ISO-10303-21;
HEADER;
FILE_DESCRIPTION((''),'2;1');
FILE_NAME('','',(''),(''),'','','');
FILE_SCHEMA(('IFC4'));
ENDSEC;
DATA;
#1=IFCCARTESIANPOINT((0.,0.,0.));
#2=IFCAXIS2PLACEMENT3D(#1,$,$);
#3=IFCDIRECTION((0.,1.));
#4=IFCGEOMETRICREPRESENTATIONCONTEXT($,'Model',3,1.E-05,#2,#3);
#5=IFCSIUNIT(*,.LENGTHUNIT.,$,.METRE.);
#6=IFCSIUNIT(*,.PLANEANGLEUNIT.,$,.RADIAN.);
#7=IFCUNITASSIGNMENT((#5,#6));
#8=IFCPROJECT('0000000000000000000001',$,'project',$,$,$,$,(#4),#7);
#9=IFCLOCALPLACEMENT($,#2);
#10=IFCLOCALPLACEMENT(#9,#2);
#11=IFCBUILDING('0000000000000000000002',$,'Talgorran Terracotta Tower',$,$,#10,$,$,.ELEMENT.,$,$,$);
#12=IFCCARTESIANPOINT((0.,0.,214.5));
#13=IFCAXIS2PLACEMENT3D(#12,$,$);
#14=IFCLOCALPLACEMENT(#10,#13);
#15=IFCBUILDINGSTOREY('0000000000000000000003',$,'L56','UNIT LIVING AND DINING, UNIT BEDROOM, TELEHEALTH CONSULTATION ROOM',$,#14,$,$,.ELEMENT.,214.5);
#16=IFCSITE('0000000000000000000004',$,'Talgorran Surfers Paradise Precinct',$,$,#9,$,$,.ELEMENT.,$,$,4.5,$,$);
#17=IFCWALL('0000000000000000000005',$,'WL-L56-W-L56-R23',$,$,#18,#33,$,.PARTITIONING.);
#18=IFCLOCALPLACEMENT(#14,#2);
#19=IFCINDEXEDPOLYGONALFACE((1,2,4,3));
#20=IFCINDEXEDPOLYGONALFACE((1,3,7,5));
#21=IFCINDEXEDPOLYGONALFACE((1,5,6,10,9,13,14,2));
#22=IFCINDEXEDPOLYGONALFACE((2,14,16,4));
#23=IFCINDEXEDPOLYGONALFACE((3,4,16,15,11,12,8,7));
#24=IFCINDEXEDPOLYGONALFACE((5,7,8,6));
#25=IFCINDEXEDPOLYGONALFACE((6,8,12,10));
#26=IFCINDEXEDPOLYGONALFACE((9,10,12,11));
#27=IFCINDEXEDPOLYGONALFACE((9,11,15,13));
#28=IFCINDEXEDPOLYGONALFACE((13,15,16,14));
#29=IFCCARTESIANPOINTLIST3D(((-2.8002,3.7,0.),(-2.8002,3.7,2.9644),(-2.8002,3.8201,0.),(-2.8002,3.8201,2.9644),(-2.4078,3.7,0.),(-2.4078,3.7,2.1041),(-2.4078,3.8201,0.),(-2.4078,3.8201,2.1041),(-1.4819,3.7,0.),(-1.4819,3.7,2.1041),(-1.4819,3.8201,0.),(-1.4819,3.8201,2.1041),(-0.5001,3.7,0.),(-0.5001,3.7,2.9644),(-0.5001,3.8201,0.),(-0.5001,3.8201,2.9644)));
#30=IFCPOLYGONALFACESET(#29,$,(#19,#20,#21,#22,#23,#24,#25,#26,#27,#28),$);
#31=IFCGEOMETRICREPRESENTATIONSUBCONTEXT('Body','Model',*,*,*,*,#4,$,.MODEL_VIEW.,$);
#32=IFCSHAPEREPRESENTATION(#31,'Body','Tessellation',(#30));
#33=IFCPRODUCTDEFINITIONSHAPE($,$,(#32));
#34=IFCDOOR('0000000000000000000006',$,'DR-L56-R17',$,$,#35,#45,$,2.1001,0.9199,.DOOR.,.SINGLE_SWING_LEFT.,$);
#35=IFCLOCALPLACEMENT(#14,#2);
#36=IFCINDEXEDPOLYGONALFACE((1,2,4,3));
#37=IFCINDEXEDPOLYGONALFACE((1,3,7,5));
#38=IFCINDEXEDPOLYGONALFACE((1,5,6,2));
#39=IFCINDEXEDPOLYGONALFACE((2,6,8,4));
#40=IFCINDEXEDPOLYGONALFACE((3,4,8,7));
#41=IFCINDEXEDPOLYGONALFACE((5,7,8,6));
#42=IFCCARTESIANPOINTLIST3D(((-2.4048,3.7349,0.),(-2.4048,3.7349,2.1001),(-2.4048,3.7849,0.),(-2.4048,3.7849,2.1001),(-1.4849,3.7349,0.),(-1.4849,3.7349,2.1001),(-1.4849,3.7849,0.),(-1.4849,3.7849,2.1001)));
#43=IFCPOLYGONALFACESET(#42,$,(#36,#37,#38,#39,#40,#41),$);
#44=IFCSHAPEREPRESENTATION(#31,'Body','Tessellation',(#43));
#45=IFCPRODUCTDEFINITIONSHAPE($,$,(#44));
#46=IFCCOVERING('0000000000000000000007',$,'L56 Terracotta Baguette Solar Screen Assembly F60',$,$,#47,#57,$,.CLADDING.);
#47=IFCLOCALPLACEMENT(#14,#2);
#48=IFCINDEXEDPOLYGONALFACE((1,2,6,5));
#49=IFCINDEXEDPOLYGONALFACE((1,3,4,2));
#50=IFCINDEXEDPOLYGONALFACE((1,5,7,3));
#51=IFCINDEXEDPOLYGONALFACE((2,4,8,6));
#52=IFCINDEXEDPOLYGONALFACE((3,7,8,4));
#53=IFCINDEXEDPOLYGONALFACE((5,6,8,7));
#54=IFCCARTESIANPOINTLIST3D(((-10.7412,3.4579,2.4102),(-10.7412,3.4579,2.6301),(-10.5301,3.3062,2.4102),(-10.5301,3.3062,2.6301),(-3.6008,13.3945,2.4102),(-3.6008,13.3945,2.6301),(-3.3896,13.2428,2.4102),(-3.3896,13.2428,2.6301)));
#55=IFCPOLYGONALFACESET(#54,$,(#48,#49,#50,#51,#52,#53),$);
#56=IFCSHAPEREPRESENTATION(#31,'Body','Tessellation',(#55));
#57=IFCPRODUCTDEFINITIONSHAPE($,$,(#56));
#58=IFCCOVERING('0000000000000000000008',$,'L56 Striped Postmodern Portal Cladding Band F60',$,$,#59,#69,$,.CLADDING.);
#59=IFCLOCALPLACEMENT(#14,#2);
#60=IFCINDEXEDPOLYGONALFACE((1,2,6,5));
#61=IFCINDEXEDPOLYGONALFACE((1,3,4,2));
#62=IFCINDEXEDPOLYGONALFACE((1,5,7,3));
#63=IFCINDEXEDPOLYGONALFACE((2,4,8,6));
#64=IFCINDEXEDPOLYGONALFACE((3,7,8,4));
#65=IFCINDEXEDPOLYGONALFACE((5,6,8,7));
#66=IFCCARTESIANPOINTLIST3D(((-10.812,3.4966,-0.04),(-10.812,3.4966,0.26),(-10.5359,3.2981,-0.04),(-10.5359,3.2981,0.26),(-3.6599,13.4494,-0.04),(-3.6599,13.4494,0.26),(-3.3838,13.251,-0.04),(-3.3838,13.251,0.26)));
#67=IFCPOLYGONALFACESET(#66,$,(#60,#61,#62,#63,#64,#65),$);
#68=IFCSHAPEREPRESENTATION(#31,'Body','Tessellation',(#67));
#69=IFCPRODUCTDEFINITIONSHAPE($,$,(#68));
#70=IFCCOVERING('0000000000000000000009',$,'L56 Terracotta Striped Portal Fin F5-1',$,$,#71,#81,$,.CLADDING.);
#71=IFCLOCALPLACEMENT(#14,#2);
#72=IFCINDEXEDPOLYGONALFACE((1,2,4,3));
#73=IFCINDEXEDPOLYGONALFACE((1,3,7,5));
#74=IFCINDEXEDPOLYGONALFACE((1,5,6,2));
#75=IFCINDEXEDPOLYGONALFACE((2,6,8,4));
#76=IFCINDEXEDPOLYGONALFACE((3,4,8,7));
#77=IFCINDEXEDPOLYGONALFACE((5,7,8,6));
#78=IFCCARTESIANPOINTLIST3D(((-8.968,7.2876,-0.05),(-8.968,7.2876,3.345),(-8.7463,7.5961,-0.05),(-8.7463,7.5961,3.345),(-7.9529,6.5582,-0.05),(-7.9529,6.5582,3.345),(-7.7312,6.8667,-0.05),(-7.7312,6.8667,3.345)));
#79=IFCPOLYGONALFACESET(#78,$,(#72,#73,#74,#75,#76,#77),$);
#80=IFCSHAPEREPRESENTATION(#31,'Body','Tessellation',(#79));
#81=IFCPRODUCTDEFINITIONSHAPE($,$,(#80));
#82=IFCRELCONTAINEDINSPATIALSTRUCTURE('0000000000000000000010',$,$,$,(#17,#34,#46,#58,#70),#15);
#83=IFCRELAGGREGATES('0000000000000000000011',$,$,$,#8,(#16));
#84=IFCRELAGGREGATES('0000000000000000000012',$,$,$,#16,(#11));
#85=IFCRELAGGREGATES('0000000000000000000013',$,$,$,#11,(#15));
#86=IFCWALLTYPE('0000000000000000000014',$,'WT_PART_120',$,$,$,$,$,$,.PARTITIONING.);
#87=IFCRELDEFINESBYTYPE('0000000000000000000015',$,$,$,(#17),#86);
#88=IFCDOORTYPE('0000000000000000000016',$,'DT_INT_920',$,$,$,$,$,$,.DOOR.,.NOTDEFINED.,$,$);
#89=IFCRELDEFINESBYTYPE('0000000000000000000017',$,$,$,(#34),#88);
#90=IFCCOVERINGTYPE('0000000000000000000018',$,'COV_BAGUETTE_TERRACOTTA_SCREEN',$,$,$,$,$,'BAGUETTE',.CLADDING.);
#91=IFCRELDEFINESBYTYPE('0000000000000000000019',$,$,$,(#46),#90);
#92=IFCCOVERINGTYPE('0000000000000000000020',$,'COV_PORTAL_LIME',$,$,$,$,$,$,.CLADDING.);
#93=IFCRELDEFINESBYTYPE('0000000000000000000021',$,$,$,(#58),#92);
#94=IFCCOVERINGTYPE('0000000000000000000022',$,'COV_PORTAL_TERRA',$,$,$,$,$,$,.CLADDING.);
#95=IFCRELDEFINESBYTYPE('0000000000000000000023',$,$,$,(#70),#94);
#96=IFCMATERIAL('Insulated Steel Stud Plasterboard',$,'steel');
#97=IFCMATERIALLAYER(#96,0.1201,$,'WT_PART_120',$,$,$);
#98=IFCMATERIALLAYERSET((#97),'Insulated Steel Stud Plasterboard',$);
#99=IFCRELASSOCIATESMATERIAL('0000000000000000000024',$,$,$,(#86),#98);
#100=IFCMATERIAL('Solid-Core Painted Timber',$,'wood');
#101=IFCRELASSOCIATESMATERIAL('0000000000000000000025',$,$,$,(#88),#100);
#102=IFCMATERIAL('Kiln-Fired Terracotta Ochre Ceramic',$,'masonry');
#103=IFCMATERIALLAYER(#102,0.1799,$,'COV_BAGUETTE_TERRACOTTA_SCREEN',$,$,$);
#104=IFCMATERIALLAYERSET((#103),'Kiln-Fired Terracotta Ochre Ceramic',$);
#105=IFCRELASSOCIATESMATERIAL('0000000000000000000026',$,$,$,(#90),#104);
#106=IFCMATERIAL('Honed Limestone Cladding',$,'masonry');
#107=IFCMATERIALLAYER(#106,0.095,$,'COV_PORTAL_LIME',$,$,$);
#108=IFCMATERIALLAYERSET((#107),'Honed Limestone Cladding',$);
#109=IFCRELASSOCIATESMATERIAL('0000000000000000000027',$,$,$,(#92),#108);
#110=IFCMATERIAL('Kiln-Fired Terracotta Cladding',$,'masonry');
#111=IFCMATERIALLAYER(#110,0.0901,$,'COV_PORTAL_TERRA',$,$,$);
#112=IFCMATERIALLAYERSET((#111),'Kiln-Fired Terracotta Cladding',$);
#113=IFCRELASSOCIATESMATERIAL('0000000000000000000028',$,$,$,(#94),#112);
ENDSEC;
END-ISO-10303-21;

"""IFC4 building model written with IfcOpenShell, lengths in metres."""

from ifc_helpers import new_model, si_unit, direction, frame, frame_2d, origin, origin_2d, place, context, subcontext, project, spatial, rectangle, extrude, material, layer, layer_set, type_object, element, fill, save


model = new_model("IFC4")

# Units and contexts
model_context = context("Model", 3, precision=1e-05, world=origin(), true_north=direction((0.0, 1.0)))
body_context = subcontext(model_context, "Body", "Model", "MODEL_VIEW")
ifc_project = project(units=[si_unit("LENGTHUNIT", "METRE"), si_unit("PLANEANGLEUNIT", "RADIAN")], contexts=[model_context])

# Site, building, storey
site_placement = place(None, origin())
site = spatial("IfcSite", under=ifc_project, at=site_placement, Name="Talgorran Surfers Paradise Precinct", CompositionType="ELEMENT", RefElevation=4.5)
building_placement = place(site_placement, origin())
building = spatial("IfcBuilding", under=site, at=building_placement, Name="Talgorran Terracotta Tower", CompositionType="ELEMENT")
storey_placement = place(building_placement, frame((0.0, 0.0, 214.5)))
storey = spatial("IfcBuildingStorey", under=building, at=storey_placement, Name="L56", Description="UNIT LIVING AND DINING, UNIT BEDROOM, TELEHEALTH CONSULTATION ROOM", CompositionType="ELEMENT", Elevation=214.5)

# Shared definitions
ifc_material_1 = material(Name="Insulated Steel Stud Plasterboard", Category="steel")
ifc_layer_1 = layer(ifc_material_1, 0.1201, Name="WT_PART_120")
ifc_layer_set_1 = layer_set([ifc_layer_1], Name="Insulated Steel Stud Plasterboard")
wall_type_1 = type_object("IfcWallType", Name="WT_PART_120", PredefinedType="PARTITIONING", material=ifc_layer_set_1)
ifc_material_2 = material(Name="Solid-Core Painted Timber", Category="wood")
door_type_1 = type_object("IfcDoorType", Name="DT_INT_920", OperationType="NOTDEFINED", PredefinedType="DOOR", material=ifc_material_2)

# Wall, opening, door
wall_1_placement = place(storey_placement, frame((-2.8, 3.76, 0.0), z_axis=(0.0, 0.0, 1.0), x_axis=(1.0, 0.0, 0.0)))
wall_1 = element("IfcWall", 1, at=wall_1_placement, inside=storey, type_object=wall_type_1, Name="WL-L56-W-L56-R23", PredefinedType="PARTITIONING", context=body_context, shape_type="SweptSolid", body=[
    extrude(rectangle(XDim=2.3, YDim=0.1201, at=frame_2d((1.1499, 0.0))), origin(), (0.0, 0.0, 1.0), 2.9644),
])
opening_1_placement = place(wall_1_placement, frame((0.3953, 0.0, 0.0)))
opening_1 = element("IfcOpeningElement", 2, at=opening_1_placement, cuts=wall_1, PredefinedType="OPENING", context=body_context, shape_type="SweptSolid", body=[
    extrude(rectangle(XDim=0.9259, YDim=2.1041, at=frame_2d((0.46, 1.052))), frame((0.0, 0.0701, 0.0), z_axis=(0.0, -1.0, 0.0), x_axis=(1.0, 0.0, 0.0)), (0.0, 0.0, 1.0), 0.1401),
])
door_1_placement = place(opening_1_placement, origin())
door_1 = element("IfcDoor", 3, at=door_1_placement, inside=storey, type_object=door_type_1, Name="DR-L56-R17", OperationType="SINGLE_SWING_LEFT", OverallHeight=2.1001, OverallWidth=0.9199, PredefinedType="DOOR", context=body_context, shape_type="SweptSolid", body=[
    extrude(rectangle(XDim=0.9199, YDim=2.1001, at=frame_2d((0.46, 1.05))), frame((0.0, 0.0249, 0.0), z_axis=(0.0, -1.0, 0.0), x_axis=(1.0, 0.0, 0.0)), (0.0, 0.0, 1.0), 0.05),
])
fill(opening_1, door_1)

# Coverings
ifc_material_3 = material(Name="Kiln-Fired Terracotta Ochre Ceramic", Category="masonry")
ifc_layer_2 = layer(ifc_material_3, 0.1799, Name="COV_BAGUETTE_TERRACOTTA_SCREEN")
ifc_layer_set_2 = layer_set([ifc_layer_2], Name="Kiln-Fired Terracotta Ochre Ceramic")
covering_type_1 = type_object("IfcCoveringType", Name="COV_BAGUETTE_TERRACOTTA_SCREEN", ElementType="BAGUETTE", PredefinedType="CLADDING", material=ifc_layer_set_2)
covering_1_placement = place(storey_placement, frame((-7.0654, 8.3503, 2.4102), z_axis=(0.0, 0.0, 1.0), x_axis=(-0.583555, -0.812073, 0.0)))
element("IfcCovering", 4, at=covering_1_placement, inside=storey, type_object=covering_type_1, Name="L56 Terracotta Baguette Solar Screen Assembly F60", PredefinedType="CLADDING", context=body_context, shape_type="SweptSolid", body=[
    extrude(rectangle(XDim=12.2361, YDim=0.26, at=origin_2d()), origin(), (0.0, 0.0, 1.0), 0.22),
])
ifc_material_4 = material(Name="Honed Limestone Cladding", Category="masonry")
ifc_layer_3 = layer(ifc_material_4, 0.095, Name="COV_PORTAL_LIME")
ifc_layer_set_3 = layer_set([ifc_layer_3], Name="Honed Limestone Cladding")
covering_type_2 = type_object("IfcCoveringType", Name="COV_PORTAL_LIME", PredefinedType="CLADDING", material=ifc_layer_set_3)
covering_2_placement = place(storey_placement, frame((-7.0979, 8.3738, -0.04), z_axis=(0.0, 0.0, 1.0), x_axis=(-0.583555, -0.812073, 0.0)))
element("IfcCovering", 5, at=covering_2_placement, inside=storey, type_object=covering_type_2, Name="L56 Striped Postmodern Portal Cladding Band F60", PredefinedType="CLADDING", context=body_context, shape_type="SweptSolid", body=[
    extrude(rectangle(XDim=12.2561, YDim=0.3401, at=origin_2d()), origin(), (0.0, 0.0, 1.0), 0.3),
])
ifc_material_5 = material(Name="Kiln-Fired Terracotta Cladding", Category="masonry")
ifc_layer_4 = layer(ifc_material_5, 0.0901, Name="COV_PORTAL_TERRA")
ifc_layer_set_4 = layer_set([ifc_layer_4], Name="Kiln-Fired Terracotta Cladding")
covering_type_3 = type_object("IfcCoveringType", Name="COV_PORTAL_TERRA", PredefinedType="CLADDING", material=ifc_layer_set_4)
covering_3_placement = place(storey_placement, frame((-8.3496, 7.0771, -0.05), z_axis=(0.0, 0.0, 1.0), x_axis=(-0.583555, -0.812073, 0.0)))
element("IfcCovering", 6, at=covering_3_placement, inside=storey, type_object=covering_type_3, Name="L56 Terracotta Striped Portal Fin F5-1", PredefinedType="CLADDING", context=body_context, shape_type="SweptSolid", body=[
    extrude(rectangle(XDim=0.3799, YDim=1.25, at=origin_2d()), origin(), (0.0, 0.0, 1.0), 3.395),
])

save(model, "model.ifc")
